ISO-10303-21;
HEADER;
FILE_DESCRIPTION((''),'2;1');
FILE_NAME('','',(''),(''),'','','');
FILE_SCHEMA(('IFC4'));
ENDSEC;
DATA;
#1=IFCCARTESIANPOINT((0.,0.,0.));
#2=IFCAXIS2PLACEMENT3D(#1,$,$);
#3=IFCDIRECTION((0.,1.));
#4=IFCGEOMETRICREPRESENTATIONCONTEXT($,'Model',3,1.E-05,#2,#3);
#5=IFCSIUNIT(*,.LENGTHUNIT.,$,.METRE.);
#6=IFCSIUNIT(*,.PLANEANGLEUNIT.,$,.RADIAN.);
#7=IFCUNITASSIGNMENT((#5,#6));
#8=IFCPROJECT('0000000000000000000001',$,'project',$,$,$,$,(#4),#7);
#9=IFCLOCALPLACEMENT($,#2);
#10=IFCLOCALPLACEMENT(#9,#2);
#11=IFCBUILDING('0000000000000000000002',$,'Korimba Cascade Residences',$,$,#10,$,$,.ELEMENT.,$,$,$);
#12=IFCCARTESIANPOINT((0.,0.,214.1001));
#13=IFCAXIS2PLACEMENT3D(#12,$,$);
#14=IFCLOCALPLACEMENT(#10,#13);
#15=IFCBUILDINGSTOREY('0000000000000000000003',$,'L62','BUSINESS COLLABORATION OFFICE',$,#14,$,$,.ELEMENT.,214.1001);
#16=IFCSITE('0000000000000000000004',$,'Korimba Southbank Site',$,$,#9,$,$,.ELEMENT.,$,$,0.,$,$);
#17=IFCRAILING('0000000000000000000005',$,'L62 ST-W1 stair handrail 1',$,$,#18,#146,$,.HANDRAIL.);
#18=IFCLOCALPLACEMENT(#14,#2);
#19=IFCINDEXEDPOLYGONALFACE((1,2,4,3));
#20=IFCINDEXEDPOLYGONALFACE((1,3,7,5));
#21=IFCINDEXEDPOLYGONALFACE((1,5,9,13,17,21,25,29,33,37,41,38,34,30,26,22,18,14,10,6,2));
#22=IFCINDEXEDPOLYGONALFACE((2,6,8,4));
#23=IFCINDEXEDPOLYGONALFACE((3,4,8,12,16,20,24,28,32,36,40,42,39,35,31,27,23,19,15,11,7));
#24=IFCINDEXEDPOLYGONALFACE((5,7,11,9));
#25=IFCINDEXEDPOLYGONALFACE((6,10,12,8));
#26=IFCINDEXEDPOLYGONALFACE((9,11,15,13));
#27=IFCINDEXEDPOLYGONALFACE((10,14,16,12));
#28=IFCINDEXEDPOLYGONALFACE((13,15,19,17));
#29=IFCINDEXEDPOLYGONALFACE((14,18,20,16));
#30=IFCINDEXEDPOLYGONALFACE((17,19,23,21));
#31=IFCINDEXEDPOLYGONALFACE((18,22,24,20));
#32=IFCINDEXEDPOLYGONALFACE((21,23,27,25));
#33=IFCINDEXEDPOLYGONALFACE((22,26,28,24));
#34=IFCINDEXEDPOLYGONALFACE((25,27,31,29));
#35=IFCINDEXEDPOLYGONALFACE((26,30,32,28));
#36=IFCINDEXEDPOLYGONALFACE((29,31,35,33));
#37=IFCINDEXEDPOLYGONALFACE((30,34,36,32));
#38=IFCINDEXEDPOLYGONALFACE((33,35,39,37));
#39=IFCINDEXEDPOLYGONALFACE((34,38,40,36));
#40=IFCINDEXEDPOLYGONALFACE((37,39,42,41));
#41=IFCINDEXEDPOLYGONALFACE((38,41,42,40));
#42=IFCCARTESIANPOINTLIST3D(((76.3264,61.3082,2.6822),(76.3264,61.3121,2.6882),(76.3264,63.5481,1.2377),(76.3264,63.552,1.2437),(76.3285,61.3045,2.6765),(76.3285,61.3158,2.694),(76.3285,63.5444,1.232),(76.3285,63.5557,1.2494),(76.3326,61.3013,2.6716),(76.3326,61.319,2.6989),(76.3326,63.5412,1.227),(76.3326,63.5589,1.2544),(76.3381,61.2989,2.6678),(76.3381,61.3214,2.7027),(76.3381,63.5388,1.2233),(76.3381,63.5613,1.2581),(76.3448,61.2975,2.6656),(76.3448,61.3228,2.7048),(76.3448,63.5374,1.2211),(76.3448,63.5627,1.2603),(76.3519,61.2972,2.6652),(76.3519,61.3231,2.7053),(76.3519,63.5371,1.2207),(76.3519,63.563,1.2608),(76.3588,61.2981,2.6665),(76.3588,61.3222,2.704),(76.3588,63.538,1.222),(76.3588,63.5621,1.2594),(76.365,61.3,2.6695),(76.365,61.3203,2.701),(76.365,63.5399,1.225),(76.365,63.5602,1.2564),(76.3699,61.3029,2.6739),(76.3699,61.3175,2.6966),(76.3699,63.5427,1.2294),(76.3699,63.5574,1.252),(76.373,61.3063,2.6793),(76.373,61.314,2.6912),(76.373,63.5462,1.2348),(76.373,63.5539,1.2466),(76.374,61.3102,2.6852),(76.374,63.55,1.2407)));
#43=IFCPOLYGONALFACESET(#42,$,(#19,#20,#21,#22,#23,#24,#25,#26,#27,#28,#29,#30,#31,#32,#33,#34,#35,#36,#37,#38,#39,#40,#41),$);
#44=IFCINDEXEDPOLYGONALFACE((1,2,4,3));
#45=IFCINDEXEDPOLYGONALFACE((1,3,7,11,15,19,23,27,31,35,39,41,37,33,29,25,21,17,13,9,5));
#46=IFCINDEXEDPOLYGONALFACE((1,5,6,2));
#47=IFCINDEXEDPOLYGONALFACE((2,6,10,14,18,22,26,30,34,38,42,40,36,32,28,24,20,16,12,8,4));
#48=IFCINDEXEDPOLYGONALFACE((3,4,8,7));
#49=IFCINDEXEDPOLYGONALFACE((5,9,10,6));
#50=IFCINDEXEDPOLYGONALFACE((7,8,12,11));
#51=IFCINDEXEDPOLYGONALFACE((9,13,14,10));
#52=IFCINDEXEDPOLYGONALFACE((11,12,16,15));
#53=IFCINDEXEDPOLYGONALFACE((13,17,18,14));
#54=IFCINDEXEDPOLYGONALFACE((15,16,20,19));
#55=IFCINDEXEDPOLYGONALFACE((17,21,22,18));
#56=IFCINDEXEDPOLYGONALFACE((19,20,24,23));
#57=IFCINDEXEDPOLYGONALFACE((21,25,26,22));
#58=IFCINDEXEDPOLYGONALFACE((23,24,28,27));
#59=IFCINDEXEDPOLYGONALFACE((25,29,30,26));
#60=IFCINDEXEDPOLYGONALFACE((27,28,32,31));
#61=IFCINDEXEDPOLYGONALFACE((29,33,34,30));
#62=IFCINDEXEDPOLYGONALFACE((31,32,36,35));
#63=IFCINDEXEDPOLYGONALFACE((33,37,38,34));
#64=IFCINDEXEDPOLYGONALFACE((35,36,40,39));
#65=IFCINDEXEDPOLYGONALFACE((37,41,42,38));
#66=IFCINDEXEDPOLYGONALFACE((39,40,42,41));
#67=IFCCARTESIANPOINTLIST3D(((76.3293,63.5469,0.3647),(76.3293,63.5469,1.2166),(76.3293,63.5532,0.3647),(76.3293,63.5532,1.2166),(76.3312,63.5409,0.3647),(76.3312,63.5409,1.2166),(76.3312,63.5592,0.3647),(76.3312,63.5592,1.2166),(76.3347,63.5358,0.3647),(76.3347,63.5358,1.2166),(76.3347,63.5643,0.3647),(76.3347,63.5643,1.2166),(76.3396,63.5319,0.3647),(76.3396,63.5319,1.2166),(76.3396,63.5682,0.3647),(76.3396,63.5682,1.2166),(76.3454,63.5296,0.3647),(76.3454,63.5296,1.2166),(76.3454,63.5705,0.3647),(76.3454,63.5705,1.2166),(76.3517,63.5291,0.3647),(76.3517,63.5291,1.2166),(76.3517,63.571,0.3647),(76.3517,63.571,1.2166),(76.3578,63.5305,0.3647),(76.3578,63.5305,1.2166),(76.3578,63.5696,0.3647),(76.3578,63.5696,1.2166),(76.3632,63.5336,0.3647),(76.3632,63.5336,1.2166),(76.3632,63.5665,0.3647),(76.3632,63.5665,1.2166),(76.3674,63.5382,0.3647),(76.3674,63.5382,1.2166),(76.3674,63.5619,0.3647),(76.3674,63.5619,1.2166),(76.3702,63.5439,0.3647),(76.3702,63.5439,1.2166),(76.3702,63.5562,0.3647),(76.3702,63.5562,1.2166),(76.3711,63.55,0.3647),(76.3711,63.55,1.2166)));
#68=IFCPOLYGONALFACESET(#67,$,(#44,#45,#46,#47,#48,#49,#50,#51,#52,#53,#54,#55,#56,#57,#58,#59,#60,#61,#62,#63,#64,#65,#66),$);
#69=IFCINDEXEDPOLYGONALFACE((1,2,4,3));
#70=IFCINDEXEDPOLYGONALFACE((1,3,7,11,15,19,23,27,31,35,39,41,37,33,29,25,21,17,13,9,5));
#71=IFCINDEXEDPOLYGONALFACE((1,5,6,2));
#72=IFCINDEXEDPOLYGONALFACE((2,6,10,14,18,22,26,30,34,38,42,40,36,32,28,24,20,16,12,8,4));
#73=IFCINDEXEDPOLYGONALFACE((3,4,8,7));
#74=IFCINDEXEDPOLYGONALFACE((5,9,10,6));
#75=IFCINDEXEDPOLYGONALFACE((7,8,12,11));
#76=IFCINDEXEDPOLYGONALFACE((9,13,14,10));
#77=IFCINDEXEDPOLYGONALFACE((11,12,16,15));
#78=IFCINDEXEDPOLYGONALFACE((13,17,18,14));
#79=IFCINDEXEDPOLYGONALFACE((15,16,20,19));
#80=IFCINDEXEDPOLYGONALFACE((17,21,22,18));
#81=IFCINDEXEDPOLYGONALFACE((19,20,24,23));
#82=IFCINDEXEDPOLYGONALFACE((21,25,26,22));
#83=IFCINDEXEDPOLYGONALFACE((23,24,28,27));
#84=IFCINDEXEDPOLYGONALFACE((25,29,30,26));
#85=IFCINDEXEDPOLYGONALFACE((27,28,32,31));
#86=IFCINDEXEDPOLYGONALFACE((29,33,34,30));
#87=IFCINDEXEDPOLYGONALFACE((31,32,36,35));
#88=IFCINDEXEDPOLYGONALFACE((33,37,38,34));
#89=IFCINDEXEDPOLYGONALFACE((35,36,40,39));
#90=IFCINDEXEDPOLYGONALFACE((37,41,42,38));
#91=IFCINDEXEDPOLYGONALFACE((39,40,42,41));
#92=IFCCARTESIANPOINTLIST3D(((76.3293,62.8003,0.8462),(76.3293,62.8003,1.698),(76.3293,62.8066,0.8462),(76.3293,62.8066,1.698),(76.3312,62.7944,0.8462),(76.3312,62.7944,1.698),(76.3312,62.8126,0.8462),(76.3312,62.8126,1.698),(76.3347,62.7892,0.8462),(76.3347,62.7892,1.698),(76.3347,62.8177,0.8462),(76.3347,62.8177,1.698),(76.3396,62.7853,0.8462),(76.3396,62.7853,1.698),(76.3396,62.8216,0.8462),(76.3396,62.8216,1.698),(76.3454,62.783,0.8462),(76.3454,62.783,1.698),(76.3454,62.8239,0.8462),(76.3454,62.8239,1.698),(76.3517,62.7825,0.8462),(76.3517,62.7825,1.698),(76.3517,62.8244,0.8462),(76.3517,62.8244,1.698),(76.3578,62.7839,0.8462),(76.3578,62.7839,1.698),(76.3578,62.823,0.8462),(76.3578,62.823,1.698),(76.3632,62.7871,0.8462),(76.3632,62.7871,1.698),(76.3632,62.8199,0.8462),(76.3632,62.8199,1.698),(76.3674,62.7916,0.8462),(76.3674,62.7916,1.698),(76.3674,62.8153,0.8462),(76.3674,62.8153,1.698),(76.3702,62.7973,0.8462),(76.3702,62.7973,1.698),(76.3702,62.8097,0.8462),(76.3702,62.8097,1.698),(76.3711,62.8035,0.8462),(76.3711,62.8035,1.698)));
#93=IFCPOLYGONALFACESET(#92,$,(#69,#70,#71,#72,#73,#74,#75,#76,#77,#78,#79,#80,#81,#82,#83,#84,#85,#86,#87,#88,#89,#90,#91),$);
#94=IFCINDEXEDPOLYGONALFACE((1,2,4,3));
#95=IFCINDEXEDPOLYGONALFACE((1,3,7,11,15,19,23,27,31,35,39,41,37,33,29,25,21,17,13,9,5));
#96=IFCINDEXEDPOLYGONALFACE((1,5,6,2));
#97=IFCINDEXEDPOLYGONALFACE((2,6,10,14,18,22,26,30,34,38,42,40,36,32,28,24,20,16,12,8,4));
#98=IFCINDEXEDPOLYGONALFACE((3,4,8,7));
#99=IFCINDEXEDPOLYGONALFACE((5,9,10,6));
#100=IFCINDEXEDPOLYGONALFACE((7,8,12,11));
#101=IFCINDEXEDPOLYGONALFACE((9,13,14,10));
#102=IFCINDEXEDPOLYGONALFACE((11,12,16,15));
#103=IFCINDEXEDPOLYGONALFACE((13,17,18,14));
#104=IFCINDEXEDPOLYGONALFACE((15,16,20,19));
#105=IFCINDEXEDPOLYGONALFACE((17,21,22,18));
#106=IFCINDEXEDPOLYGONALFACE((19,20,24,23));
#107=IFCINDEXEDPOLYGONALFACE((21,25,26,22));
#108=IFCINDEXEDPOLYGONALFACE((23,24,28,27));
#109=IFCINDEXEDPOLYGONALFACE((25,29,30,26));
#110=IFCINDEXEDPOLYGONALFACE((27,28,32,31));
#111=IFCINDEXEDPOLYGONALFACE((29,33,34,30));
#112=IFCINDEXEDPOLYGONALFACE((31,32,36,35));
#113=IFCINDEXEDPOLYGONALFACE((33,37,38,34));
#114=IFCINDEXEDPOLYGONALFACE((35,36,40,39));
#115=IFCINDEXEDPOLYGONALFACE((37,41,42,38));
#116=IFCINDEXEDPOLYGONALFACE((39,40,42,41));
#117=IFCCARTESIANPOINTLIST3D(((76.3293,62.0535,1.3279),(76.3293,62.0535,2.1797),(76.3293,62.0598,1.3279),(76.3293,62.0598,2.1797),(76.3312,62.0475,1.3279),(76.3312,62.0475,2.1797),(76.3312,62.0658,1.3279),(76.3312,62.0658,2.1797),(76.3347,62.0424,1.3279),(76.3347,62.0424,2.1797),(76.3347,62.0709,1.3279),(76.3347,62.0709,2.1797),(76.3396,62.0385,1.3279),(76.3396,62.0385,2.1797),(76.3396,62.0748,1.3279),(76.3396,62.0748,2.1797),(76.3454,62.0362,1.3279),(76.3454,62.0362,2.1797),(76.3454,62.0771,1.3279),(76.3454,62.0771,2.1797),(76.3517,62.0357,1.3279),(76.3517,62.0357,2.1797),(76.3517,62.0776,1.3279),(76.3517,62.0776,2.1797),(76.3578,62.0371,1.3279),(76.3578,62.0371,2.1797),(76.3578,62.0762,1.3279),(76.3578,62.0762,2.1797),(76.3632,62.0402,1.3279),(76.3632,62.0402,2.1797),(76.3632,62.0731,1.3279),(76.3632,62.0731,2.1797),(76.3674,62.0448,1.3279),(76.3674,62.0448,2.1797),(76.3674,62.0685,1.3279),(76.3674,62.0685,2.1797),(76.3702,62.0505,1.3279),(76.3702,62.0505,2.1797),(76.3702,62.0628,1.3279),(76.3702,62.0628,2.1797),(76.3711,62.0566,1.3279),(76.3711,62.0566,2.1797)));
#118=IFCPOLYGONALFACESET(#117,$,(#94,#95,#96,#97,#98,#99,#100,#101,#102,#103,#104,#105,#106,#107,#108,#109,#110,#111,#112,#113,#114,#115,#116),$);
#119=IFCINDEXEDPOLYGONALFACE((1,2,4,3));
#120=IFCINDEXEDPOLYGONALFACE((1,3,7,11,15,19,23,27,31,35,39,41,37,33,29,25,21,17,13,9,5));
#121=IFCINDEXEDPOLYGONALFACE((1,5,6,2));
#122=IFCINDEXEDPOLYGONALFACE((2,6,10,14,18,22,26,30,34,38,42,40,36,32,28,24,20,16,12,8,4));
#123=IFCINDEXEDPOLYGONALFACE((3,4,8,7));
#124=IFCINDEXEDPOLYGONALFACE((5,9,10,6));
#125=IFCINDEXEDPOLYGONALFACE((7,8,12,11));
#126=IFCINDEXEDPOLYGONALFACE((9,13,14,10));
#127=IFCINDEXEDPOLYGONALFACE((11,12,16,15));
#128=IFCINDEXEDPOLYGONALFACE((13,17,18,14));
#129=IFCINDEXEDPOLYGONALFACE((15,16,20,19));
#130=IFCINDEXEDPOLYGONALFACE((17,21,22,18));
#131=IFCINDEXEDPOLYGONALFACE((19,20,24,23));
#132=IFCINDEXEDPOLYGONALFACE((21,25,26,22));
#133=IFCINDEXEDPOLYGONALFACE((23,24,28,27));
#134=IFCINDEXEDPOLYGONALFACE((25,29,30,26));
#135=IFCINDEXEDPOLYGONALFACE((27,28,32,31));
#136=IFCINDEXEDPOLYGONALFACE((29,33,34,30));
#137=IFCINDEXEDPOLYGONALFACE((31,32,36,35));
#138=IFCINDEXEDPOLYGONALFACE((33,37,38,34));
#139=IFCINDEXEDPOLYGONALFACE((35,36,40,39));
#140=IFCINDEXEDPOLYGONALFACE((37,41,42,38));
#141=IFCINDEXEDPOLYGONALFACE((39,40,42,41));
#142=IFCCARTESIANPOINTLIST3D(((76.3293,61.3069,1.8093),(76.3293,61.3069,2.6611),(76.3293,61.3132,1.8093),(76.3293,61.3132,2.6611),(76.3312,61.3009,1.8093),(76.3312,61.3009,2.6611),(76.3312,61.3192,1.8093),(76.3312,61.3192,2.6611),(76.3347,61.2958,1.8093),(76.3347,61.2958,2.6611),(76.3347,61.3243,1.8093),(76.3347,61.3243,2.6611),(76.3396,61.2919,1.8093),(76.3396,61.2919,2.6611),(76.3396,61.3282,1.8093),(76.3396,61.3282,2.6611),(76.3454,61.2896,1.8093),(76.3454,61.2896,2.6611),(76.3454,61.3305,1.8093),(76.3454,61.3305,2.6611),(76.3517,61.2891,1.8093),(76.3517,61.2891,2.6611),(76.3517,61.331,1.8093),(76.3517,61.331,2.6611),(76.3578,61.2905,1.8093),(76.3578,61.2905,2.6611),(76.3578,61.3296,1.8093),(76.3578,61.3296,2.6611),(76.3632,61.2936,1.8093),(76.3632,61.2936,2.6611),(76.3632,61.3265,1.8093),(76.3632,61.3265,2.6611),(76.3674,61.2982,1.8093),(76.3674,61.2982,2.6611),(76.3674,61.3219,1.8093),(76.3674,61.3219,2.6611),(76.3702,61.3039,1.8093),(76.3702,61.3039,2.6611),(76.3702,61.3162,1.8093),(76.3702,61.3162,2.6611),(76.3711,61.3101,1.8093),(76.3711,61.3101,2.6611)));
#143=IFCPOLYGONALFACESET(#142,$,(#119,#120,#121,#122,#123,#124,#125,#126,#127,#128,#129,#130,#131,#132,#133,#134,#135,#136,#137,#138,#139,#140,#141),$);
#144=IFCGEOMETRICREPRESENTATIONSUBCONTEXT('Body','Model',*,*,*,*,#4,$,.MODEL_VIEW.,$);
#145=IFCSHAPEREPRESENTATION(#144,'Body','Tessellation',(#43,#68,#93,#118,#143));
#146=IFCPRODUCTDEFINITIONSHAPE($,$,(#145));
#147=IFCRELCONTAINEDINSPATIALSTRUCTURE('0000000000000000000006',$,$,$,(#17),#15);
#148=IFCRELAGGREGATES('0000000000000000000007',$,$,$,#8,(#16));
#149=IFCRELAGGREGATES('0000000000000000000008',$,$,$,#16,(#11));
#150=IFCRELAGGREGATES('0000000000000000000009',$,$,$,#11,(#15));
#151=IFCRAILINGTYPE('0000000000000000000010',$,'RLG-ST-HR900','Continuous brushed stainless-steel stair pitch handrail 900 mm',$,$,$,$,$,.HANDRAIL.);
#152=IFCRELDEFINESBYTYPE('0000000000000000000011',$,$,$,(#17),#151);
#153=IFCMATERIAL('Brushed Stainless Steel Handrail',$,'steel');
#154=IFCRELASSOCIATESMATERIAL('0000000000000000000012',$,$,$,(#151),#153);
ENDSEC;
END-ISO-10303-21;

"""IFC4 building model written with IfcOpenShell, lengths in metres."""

from ifc_helpers import new_model, si_unit, direction, frame, origin, origin_2d, place, context, subcontext, project, spatial, circle, extrude, material, type_object, element, save


model = new_model("IFC4")

# Units and contexts
model_context = context("Model", 3, precision=1e-05, world=origin(), true_north=direction((0.0, 1.0)))
body_context = subcontext(model_context, "Body", "Model", "MODEL_VIEW")
ifc_project = project(units=[si_unit("LENGTHUNIT", "METRE"), si_unit("PLANEANGLEUNIT", "RADIAN")], contexts=[model_context])

# Site, building, storey
site_placement = place(None, origin())
site = spatial("IfcSite", under=ifc_project, at=site_placement, Name="Korimba Southbank Site", CompositionType="ELEMENT", RefElevation=0.0)
building_placement = place(site_placement, origin())
building = spatial("IfcBuilding", under=site, at=building_placement, Name="Korimba Cascade Residences", CompositionType="ELEMENT")
storey_placement = place(building_placement, frame((0.0, 0.0, 214.1001)))
storey = spatial("IfcBuildingStorey", under=building, at=storey_placement, Name="L62", Description="BUSINESS COLLABORATION OFFICE", CompositionType="ELEMENT", Elevation=214.1001)

# Railing
ifc_material_1 = material(Name="Brushed Stainless Steel Handrail", Category="steel")
railing_type_1 = type_object("IfcRailingType", Name="RLG-ST-HR900", Description="Continuous brushed stainless-steel stair pitch handrail 900 mm", PredefinedType="HANDRAIL", material=ifc_material_1)
railing_1_placement = place(storey_placement, frame((76.3501, 63.55, 0.3647)))
element("IfcRailing", 1, at=railing_1_placement, inside=storey, type_object=railing_type_1, Name="L62 ST-W1 stair handrail 1", PredefinedType="HANDRAIL", context=body_context, shape_type="SweptSolid", body=[
    extrude(circle(Radius=0.0239, at=origin_2d()), frame((0.0, 0.0, 0.876), z_axis=(0.0, -0.840395, 0.541975), x_axis=(1.0, 0.0, 0.0)), (0.0, 0.0, 1.0), 2.6653),
    extrude(circle(Radius=0.021, at=origin_2d()), origin(), (0.0, 0.0, 1.0), 0.8518),
    extrude(circle(Radius=0.021, at=origin_2d()), frame((0.0, -0.7466, 0.4814)), (0.0, 0.0, 1.0), 0.8518),
    extrude(circle(Radius=0.021, at=origin_2d()), frame((0.0, -1.4934, 0.9631)), (0.0, 0.0, 1.0), 0.8518),
    extrude(circle(Radius=0.021, at=origin_2d()), frame((0.0, -2.24, 1.4446)), (0.0, 0.0, 1.0), 0.8518),
])

save(model, "model.ifc")
